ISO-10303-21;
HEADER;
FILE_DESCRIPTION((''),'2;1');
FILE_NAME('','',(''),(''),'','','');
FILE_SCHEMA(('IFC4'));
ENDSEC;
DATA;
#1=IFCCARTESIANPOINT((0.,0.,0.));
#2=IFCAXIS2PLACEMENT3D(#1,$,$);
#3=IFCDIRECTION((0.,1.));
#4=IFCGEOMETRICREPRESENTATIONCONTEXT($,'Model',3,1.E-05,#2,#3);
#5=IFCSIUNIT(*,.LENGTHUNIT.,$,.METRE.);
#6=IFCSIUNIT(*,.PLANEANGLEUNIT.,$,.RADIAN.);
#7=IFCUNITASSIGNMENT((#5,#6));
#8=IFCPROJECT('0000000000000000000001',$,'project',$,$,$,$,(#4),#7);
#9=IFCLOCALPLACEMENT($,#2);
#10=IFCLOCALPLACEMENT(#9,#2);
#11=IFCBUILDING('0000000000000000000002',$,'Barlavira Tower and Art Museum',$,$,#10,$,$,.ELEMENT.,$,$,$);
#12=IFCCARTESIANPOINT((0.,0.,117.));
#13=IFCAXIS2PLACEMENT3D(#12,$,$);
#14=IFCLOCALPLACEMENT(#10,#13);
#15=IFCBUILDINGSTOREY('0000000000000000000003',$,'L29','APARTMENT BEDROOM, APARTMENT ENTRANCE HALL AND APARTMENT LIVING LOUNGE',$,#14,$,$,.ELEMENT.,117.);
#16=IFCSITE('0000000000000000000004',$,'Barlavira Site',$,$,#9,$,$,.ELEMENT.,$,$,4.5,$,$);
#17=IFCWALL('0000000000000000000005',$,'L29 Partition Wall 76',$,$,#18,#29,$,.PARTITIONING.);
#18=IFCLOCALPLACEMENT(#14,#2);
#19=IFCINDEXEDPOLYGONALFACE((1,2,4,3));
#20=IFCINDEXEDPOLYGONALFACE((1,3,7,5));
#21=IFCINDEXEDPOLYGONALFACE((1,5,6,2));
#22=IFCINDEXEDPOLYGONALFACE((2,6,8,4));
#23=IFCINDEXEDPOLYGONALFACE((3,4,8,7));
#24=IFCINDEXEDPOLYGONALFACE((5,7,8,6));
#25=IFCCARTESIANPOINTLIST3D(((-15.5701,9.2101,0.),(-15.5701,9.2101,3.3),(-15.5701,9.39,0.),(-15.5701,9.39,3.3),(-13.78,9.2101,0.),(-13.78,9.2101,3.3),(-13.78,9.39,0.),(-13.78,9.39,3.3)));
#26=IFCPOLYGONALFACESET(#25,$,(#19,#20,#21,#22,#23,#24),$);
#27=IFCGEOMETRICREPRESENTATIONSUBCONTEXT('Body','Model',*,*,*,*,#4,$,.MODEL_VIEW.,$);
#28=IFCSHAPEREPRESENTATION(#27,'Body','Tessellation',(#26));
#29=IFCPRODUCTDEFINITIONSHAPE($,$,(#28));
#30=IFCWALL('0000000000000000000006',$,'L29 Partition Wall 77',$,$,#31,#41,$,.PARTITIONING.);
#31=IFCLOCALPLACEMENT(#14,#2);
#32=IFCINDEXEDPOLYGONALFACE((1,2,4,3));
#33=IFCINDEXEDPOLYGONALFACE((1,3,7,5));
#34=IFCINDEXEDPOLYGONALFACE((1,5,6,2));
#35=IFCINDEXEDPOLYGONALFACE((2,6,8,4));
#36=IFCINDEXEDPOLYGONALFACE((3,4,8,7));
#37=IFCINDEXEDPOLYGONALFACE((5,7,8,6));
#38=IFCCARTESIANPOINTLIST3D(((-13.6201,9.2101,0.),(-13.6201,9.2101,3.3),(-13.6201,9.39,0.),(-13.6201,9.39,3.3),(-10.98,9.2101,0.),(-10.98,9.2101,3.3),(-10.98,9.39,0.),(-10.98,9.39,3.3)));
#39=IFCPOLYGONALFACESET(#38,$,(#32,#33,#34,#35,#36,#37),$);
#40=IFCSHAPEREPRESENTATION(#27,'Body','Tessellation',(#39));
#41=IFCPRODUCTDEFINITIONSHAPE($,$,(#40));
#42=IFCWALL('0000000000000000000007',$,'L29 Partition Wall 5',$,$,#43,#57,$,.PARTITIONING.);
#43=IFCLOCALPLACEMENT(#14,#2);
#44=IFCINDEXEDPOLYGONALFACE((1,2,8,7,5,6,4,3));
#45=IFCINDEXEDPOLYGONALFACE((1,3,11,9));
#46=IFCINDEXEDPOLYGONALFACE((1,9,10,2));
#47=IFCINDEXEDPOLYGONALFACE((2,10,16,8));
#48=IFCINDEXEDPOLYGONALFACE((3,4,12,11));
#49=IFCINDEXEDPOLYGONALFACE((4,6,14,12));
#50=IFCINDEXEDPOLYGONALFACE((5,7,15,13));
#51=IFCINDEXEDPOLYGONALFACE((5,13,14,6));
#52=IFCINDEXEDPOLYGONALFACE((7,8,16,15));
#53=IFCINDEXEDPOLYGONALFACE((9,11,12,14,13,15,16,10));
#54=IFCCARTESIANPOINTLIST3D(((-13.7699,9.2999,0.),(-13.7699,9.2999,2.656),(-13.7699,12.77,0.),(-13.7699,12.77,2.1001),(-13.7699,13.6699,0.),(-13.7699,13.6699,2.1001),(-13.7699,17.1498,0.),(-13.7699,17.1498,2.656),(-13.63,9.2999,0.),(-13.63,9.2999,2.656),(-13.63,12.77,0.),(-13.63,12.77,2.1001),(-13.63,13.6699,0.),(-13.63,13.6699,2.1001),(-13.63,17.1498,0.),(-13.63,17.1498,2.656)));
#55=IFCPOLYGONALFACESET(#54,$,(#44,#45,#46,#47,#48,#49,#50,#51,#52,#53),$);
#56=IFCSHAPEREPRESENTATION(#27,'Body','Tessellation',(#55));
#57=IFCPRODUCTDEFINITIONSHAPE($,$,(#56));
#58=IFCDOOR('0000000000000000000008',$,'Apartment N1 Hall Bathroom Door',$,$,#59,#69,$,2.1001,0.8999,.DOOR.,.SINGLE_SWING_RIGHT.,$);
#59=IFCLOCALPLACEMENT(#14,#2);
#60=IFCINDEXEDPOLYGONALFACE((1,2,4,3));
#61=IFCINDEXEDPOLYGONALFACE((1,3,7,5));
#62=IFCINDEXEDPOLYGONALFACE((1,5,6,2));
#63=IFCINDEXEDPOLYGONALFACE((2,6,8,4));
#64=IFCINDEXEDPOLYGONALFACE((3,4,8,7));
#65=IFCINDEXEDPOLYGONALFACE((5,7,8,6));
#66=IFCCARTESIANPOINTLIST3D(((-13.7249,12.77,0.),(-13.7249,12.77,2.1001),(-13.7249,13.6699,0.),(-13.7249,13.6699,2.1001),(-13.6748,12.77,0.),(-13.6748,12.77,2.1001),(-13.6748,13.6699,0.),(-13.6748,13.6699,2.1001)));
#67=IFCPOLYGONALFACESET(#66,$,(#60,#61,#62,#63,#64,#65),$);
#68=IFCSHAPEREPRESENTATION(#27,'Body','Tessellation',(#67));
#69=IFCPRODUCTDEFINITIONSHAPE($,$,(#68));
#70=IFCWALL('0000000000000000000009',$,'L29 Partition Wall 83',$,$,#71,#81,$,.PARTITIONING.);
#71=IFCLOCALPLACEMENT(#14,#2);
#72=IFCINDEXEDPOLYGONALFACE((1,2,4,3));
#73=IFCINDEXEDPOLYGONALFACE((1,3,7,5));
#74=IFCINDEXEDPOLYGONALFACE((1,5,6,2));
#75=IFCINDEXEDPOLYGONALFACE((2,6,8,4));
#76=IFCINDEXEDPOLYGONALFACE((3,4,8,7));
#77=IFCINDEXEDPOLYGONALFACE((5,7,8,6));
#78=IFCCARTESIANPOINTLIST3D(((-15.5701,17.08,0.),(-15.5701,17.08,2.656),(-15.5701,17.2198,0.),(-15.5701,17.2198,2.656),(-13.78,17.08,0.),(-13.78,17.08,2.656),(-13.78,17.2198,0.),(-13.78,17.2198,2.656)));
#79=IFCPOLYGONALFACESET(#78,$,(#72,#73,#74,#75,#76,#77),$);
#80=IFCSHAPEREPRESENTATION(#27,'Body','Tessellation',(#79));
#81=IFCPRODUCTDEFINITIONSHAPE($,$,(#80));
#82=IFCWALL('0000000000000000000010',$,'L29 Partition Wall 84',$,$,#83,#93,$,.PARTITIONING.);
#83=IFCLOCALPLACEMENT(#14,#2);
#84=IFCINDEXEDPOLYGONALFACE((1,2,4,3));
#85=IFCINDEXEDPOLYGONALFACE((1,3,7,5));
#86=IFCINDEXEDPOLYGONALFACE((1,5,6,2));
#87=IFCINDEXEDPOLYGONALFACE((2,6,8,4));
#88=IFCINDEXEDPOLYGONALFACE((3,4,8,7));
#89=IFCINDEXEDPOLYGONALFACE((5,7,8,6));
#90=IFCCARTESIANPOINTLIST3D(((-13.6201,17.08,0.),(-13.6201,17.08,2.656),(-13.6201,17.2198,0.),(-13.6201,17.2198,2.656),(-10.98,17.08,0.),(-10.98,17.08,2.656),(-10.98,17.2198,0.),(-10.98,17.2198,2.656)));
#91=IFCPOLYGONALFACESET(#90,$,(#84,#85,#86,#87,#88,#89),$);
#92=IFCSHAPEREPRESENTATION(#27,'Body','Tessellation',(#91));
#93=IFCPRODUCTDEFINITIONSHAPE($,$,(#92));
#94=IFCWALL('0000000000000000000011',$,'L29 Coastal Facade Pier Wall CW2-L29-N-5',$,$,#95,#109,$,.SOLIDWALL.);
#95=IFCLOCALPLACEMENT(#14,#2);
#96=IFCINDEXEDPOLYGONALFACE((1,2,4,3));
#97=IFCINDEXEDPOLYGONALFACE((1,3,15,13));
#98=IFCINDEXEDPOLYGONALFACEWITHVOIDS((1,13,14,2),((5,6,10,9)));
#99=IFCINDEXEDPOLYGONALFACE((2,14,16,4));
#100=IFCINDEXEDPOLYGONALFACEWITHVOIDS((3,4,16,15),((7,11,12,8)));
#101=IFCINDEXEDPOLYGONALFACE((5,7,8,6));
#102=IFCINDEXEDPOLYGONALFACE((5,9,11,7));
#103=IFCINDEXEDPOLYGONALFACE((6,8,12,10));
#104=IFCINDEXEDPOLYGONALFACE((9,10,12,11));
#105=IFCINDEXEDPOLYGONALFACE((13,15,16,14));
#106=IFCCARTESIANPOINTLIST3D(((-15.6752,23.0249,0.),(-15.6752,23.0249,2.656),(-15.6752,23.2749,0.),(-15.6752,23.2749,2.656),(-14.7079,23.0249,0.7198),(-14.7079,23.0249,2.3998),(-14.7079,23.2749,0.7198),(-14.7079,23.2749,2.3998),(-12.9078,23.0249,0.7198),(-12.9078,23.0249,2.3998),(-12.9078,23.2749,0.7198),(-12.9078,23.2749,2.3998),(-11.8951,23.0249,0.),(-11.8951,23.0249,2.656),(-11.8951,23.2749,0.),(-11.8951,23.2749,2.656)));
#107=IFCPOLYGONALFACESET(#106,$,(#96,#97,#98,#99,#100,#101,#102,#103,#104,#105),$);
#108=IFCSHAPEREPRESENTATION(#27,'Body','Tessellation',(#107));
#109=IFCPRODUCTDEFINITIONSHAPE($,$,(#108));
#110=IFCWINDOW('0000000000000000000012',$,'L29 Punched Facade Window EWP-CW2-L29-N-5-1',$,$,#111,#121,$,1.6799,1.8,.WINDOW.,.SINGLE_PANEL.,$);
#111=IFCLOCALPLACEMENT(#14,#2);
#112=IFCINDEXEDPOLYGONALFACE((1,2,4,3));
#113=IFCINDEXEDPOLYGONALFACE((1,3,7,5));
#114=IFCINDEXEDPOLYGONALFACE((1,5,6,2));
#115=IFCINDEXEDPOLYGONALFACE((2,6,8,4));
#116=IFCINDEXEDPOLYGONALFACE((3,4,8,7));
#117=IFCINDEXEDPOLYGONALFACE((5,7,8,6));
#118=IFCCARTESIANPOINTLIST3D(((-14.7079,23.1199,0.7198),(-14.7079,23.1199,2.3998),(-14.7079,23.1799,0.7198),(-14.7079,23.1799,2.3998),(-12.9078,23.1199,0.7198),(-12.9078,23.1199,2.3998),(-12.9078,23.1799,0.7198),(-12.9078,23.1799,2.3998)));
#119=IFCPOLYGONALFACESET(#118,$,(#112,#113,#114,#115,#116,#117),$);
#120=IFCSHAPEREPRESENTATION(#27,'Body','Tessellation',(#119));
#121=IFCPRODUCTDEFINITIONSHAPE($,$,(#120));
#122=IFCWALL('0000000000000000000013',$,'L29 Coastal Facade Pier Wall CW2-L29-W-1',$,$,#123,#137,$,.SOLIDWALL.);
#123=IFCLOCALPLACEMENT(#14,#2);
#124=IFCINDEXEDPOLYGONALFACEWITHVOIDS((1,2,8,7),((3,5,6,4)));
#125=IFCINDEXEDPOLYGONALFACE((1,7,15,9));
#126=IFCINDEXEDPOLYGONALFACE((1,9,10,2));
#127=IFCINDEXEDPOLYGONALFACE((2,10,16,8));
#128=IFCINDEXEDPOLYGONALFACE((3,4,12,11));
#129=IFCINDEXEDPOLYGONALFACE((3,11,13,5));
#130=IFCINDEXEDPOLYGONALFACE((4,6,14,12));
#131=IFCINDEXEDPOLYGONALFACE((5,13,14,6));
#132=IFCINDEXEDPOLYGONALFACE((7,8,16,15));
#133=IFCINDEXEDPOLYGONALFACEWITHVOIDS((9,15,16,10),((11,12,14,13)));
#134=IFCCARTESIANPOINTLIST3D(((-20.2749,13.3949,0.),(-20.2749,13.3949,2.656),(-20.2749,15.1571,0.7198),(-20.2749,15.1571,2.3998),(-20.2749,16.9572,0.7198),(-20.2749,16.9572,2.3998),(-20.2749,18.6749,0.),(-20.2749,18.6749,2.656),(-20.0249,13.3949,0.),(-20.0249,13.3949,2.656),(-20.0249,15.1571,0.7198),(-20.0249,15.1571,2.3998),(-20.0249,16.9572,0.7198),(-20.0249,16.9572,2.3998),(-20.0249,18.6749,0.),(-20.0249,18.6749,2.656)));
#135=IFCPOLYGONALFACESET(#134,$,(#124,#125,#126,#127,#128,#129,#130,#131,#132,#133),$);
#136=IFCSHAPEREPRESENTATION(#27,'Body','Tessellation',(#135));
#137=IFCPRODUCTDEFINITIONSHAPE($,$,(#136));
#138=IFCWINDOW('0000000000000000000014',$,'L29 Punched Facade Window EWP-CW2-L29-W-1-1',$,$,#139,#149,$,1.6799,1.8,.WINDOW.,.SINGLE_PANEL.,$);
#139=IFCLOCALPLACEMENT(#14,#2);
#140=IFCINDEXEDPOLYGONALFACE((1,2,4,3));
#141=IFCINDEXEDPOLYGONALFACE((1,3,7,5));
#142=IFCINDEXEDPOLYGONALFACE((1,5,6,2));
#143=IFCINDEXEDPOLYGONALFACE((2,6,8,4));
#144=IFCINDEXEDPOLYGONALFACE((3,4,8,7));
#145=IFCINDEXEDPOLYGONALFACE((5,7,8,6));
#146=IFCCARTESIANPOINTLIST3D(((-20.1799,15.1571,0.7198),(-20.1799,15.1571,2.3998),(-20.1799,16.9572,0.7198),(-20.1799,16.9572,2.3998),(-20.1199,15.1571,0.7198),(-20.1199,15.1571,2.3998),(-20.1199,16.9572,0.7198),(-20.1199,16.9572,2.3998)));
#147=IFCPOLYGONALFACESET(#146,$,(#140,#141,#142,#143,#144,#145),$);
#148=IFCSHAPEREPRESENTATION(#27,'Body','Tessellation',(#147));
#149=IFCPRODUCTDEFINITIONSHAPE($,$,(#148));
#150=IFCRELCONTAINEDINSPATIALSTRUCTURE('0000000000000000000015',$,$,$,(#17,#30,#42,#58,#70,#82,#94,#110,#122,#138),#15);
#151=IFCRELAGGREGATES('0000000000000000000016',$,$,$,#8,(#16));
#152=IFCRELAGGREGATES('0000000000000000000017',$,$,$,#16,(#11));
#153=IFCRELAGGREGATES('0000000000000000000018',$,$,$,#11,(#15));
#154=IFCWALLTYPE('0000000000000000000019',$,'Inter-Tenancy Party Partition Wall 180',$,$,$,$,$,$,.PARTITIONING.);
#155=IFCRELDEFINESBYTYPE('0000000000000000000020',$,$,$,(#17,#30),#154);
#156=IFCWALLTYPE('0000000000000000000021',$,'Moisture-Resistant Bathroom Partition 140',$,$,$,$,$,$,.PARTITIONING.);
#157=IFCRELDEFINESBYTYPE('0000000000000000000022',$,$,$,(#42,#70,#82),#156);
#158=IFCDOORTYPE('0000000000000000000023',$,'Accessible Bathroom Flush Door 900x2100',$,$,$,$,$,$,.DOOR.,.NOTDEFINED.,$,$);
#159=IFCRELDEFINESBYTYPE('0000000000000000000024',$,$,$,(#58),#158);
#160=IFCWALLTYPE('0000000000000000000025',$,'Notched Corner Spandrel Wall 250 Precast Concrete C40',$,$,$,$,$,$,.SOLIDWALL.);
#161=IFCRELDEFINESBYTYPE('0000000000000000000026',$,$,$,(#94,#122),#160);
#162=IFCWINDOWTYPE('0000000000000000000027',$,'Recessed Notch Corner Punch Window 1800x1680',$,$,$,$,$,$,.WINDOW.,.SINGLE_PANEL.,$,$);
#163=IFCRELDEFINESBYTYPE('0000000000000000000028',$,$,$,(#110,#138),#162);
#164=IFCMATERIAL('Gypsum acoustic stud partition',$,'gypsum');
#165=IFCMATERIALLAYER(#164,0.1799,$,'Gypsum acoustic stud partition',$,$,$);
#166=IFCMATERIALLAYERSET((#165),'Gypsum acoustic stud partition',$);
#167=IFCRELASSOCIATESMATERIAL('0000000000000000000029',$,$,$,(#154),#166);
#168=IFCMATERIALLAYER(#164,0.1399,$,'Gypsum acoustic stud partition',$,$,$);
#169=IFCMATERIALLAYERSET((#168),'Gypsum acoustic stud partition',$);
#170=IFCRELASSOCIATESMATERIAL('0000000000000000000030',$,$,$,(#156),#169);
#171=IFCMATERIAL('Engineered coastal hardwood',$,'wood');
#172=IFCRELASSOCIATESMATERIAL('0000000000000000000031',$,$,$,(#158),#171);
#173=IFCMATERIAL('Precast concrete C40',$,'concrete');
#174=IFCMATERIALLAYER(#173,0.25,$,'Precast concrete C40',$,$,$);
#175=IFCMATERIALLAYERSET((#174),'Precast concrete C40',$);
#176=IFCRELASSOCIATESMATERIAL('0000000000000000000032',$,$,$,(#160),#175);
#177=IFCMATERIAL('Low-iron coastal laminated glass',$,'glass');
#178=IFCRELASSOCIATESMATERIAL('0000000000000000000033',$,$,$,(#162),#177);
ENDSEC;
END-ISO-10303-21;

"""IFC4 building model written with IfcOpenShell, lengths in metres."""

from ifc_helpers import new_model, si_unit, direction, frame, frame_2d, origin, place, context, subcontext, project, spatial, rectangle, extrude, material, layer, layer_set, type_object, element, fill, save


model = new_model("IFC4")

# Units and contexts
model_context = context("Model", 3, precision=1e-05, world=origin(), true_north=direction((0.0, 1.0)))
body_context = subcontext(model_context, "Body", "Model", "MODEL_VIEW")
ifc_project = project(units=[si_unit("LENGTHUNIT", "METRE"), si_unit("PLANEANGLEUNIT", "RADIAN")], contexts=[model_context])

# Site, building, storey
site_placement = place(None, origin())
site = spatial("IfcSite", under=ifc_project, at=site_placement, Name="Barlavira Site", CompositionType="ELEMENT", RefElevation=4.5)
building_placement = place(site_placement, origin())
building = spatial("IfcBuilding", under=site, at=building_placement, Name="Barlavira Tower and Art Museum", CompositionType="ELEMENT")
storey_placement = place(building_placement, frame((0.0, 0.0, 117.0)))
storey = spatial("IfcBuildingStorey", under=building, at=storey_placement, Name="L29", Description="APARTMENT BEDROOM, APARTMENT ENTRANCE HALL AND APARTMENT LIVING LOUNGE", CompositionType="ELEMENT", Elevation=117.0)

# Walls
ifc_material_1 = material(Name="Gypsum acoustic stud partition", Category="gypsum")
ifc_layer_1 = layer(ifc_material_1, 0.1799, Name="Gypsum acoustic stud partition")
ifc_layer_set_1 = layer_set([ifc_layer_1], Name="Gypsum acoustic stud partition")
wall_type_1 = type_object("IfcWallType", Name="Inter-Tenancy Party Partition Wall 180", PredefinedType="PARTITIONING", material=ifc_layer_set_1)
wall_1_placement = place(storey_placement, frame((-15.5701, 9.3, 0.0), z_axis=(0.0, 0.0, 1.0), x_axis=(1.0, 0.0, 0.0)))
element("IfcWall", 1, at=wall_1_placement, inside=storey, type_object=wall_type_1, Name="L29 Partition Wall 76", PredefinedType="PARTITIONING", context=body_context, shape_type="SweptSolid", body=[
    extrude(rectangle(XDim=1.79, YDim=0.1799, at=frame_2d((0.895, 0.0))), origin(), (0.0, 0.0, 1.0), 3.3),
])
wall_2_placement = place(storey_placement, frame((-13.6201, 9.3, 0.0), z_axis=(0.0, 0.0, 1.0), x_axis=(1.0, 0.0, 0.0)))
element("IfcWall", 2, at=wall_2_placement, inside=storey, type_object=wall_type_1, Name="L29 Partition Wall 77", PredefinedType="PARTITIONING", context=body_context, shape_type="SweptSolid", body=[
    extrude(rectangle(XDim=2.6401, YDim=0.1799, at=frame_2d((1.3201, 0.0))), origin(), (0.0, 0.0, 1.0), 3.3),
])

# Wall, opening, door
ifc_layer_2 = layer(ifc_material_1, 0.1399, Name="Gypsum acoustic stud partition")
ifc_layer_set_2 = layer_set([ifc_layer_2], Name="Gypsum acoustic stud partition")
wall_type_2 = type_object("IfcWallType", Name="Moisture-Resistant Bathroom Partition 140", PredefinedType="PARTITIONING", material=ifc_layer_set_2)
wall_3_placement = place(storey_placement, frame((-13.7, 9.3, 0.0), z_axis=(0.0, 0.0, 1.0), x_axis=(0.0, 1.0, 0.0)))
wall_3 = element("IfcWall", 3, at=wall_3_placement, inside=storey, type_object=wall_type_2, Name="L29 Partition Wall 5", PredefinedType="PARTITIONING", context=body_context, shape_type="SweptSolid", body=[
    extrude(rectangle(XDim=7.8499, YDim=0.1399, at=frame_2d((3.9248, 0.0))), origin(), (0.0, 0.0, 1.0), 2.656),
])
opening_1_placement = place(wall_3_placement, frame((3.47, 0.0, 0.0)))
opening_1 = element("IfcOpeningElement", 4, at=opening_1_placement, cuts=wall_3, PredefinedType="OPENING", context=body_context, shape_type="SweptSolid", body=[
    extrude(rectangle(XDim=0.8999, YDim=2.1001, at=frame_2d((0.45, 1.05))), frame((0.0, 0.0801, 0.0), z_axis=(0.0, -1.0, 0.0), x_axis=(1.0, 0.0, 0.0)), (0.0, 0.0, 1.0), 0.1599),
])
ifc_material_2 = material(Name="Engineered coastal hardwood", Category="wood")
door_type = type_object("IfcDoorType", Name="Accessible Bathroom Flush Door 900x2100", OperationType="NOTDEFINED", PredefinedType="DOOR", material=ifc_material_2)
door_placement = place(opening_1_placement, origin())
door = element("IfcDoor", 5, at=door_placement, inside=storey, type_object=door_type, Name="Apartment N1 Hall Bathroom Door", OperationType="SINGLE_SWING_RIGHT", OverallHeight=2.1001, OverallWidth=0.8999, PredefinedType="DOOR", context=body_context, shape_type="SweptSolid", body=[
    extrude(rectangle(XDim=0.8999, YDim=2.1001, at=frame_2d((0.45, 1.05))), frame((0.0, 0.0249, 0.0), z_axis=(0.0, -1.0, 0.0), x_axis=(1.0, 0.0, 0.0)), (0.0, 0.0, 1.0), 0.05),
])
fill(opening_1, door)

# Walls
wall_4_placement = place(storey_placement, frame((-15.5701, 17.1499, 0.0), z_axis=(0.0, 0.0, 1.0), x_axis=(1.0, 0.0, 0.0)))
element("IfcWall", 6, at=wall_4_placement, inside=storey, type_object=wall_type_2, Name="L29 Partition Wall 83", PredefinedType="PARTITIONING", context=body_context, shape_type="SweptSolid", body=[
    extrude(rectangle(XDim=1.79, YDim=0.1399, at=frame_2d((0.895, 0.0))), origin(), (0.0, 0.0, 1.0), 2.656),
])
wall_5_placement = place(storey_placement, frame((-13.6201, 17.1499, 0.0), z_axis=(0.0, 0.0, 1.0), x_axis=(1.0, 0.0, 0.0)))
element("IfcWall", 7, at=wall_5_placement, inside=storey, type_object=wall_type_2, Name="L29 Partition Wall 84", PredefinedType="PARTITIONING", context=body_context, shape_type="SweptSolid", body=[
    extrude(rectangle(XDim=2.6401, YDim=0.1399, at=frame_2d((1.3201, 0.0))), origin(), (0.0, 0.0, 1.0), 2.656),
])

# Walls, openings, windows
ifc_material_3 = material(Name="Precast concrete C40", Category="concrete")
ifc_layer_3 = layer(ifc_material_3, 0.25, Name="Precast concrete C40")
ifc_layer_set_3 = layer_set([ifc_layer_3], Name="Precast concrete C40")
wall_type_3 = type_object("IfcWallType", Name="Notched Corner Spandrel Wall 250 Precast Concrete C40", PredefinedType="SOLIDWALL", material=ifc_layer_set_3)
wall_6_placement = place(storey_placement, frame((-11.895, 23.1499, 0.0), z_axis=(0.0, 0.0, 1.0), x_axis=(-1.0, 0.0, 0.0)))
wall_6 = element("IfcWall", 8, at=wall_6_placement, inside=storey, type_object=wall_type_3, Name="L29 Coastal Facade Pier Wall CW2-L29-N-5", PredefinedType="SOLIDWALL", context=body_context, shape_type="SweptSolid", body=[
    extrude(rectangle(XDim=3.78, YDim=0.25, at=frame_2d((1.8901, 0.0))), origin(), (0.0, 0.0, 1.0), 2.656),
])
opening_2_placement = place(wall_6_placement, frame((1.0129, 0.0, 0.72)))
opening_2 = element("IfcOpeningElement", 9, at=opening_2_placement, cuts=wall_6, PredefinedType="OPENING", context=body_context, shape_type="SweptSolid", body=[
    extrude(rectangle(XDim=1.8, YDim=1.6799, at=frame_2d((0.8999, 0.8398))), frame((0.0, 0.135, 0.0), z_axis=(0.0, -1.0, 0.0), x_axis=(1.0, 0.0, 0.0)), (0.0, 0.0, 1.0), 0.27),
])
ifc_material_4 = material(Name="Low-iron coastal laminated glass", Category="glass")
window_type = type_object("IfcWindowType", Name="Recessed Notch Corner Punch Window 1800x1680", PartitioningType="SINGLE_PANEL", PredefinedType="WINDOW", material=ifc_material_4)
window_1_placement = place(opening_2_placement, origin())
window_1 = element("IfcWindow", 10, at=window_1_placement, inside=storey, type_object=window_type, Name="L29 Punched Facade Window EWP-CW2-L29-N-5-1", OverallHeight=1.6799, OverallWidth=1.8, PartitioningType="SINGLE_PANEL", PredefinedType="WINDOW", context=body_context, shape_type="SweptSolid", body=[
    extrude(rectangle(XDim=1.8, YDim=1.6799, at=frame_2d((0.8999, 0.8398))), frame((0.0, 0.03, 0.0), z_axis=(0.0, -1.0, 0.0), x_axis=(1.0, 0.0, 0.0)), (0.0, 0.0, 1.0), 0.0601),
])
fill(opening_2, window_1)
wall_7_placement = place(storey_placement, frame((-20.1499, 18.675, 0.0), z_axis=(0.0, 0.0, 1.0), x_axis=(0.0, -1.0, 0.0)))
wall_7 = element("IfcWall", 11, at=wall_7_placement, inside=storey, type_object=wall_type_3, Name="L29 Coastal Facade Pier Wall CW2-L29-W-1", PredefinedType="SOLIDWALL", context=body_context, shape_type="SweptSolid", body=[
    extrude(rectangle(XDim=5.28, YDim=0.25, at=frame_2d((2.6401, 0.0))), origin(), (0.0, 0.0, 1.0), 2.656),
])
opening_3_placement = place(wall_7_placement, frame((1.718, 0.0, 0.72)))
opening_3 = element("IfcOpeningElement", 12, at=opening_3_placement, cuts=wall_7, PredefinedType="OPENING", context=body_context, shape_type="SweptSolid", body=[
    extrude(rectangle(XDim=1.8, YDim=1.6799, at=frame_2d((0.8999, 0.8398))), frame((0.0, 0.135, 0.0), z_axis=(0.0, -1.0, 0.0), x_axis=(1.0, 0.0, 0.0)), (0.0, 0.0, 1.0), 0.27),
])
window_2_placement = place(opening_3_placement, origin())
window_2 = element("IfcWindow", 13, at=window_2_placement, inside=storey, type_object=window_type, Name="L29 Punched Facade Window EWP-CW2-L29-W-1-1", OverallHeight=1.6799, OverallWidth=1.8, PartitioningType="SINGLE_PANEL", PredefinedType="WINDOW", context=body_context, shape_type="SweptSolid", body=[
    extrude(rectangle(XDim=1.8, YDim=1.6799, at=frame_2d((0.8999, 0.8398))), frame((0.0, 0.03, 0.0), z_axis=(0.0, -1.0, 0.0), x_axis=(1.0, 0.0, 0.0)), (0.0, 0.0, 1.0), 0.0601),
])
fill(opening_3, window_2)

save(model, "model.ifc")
